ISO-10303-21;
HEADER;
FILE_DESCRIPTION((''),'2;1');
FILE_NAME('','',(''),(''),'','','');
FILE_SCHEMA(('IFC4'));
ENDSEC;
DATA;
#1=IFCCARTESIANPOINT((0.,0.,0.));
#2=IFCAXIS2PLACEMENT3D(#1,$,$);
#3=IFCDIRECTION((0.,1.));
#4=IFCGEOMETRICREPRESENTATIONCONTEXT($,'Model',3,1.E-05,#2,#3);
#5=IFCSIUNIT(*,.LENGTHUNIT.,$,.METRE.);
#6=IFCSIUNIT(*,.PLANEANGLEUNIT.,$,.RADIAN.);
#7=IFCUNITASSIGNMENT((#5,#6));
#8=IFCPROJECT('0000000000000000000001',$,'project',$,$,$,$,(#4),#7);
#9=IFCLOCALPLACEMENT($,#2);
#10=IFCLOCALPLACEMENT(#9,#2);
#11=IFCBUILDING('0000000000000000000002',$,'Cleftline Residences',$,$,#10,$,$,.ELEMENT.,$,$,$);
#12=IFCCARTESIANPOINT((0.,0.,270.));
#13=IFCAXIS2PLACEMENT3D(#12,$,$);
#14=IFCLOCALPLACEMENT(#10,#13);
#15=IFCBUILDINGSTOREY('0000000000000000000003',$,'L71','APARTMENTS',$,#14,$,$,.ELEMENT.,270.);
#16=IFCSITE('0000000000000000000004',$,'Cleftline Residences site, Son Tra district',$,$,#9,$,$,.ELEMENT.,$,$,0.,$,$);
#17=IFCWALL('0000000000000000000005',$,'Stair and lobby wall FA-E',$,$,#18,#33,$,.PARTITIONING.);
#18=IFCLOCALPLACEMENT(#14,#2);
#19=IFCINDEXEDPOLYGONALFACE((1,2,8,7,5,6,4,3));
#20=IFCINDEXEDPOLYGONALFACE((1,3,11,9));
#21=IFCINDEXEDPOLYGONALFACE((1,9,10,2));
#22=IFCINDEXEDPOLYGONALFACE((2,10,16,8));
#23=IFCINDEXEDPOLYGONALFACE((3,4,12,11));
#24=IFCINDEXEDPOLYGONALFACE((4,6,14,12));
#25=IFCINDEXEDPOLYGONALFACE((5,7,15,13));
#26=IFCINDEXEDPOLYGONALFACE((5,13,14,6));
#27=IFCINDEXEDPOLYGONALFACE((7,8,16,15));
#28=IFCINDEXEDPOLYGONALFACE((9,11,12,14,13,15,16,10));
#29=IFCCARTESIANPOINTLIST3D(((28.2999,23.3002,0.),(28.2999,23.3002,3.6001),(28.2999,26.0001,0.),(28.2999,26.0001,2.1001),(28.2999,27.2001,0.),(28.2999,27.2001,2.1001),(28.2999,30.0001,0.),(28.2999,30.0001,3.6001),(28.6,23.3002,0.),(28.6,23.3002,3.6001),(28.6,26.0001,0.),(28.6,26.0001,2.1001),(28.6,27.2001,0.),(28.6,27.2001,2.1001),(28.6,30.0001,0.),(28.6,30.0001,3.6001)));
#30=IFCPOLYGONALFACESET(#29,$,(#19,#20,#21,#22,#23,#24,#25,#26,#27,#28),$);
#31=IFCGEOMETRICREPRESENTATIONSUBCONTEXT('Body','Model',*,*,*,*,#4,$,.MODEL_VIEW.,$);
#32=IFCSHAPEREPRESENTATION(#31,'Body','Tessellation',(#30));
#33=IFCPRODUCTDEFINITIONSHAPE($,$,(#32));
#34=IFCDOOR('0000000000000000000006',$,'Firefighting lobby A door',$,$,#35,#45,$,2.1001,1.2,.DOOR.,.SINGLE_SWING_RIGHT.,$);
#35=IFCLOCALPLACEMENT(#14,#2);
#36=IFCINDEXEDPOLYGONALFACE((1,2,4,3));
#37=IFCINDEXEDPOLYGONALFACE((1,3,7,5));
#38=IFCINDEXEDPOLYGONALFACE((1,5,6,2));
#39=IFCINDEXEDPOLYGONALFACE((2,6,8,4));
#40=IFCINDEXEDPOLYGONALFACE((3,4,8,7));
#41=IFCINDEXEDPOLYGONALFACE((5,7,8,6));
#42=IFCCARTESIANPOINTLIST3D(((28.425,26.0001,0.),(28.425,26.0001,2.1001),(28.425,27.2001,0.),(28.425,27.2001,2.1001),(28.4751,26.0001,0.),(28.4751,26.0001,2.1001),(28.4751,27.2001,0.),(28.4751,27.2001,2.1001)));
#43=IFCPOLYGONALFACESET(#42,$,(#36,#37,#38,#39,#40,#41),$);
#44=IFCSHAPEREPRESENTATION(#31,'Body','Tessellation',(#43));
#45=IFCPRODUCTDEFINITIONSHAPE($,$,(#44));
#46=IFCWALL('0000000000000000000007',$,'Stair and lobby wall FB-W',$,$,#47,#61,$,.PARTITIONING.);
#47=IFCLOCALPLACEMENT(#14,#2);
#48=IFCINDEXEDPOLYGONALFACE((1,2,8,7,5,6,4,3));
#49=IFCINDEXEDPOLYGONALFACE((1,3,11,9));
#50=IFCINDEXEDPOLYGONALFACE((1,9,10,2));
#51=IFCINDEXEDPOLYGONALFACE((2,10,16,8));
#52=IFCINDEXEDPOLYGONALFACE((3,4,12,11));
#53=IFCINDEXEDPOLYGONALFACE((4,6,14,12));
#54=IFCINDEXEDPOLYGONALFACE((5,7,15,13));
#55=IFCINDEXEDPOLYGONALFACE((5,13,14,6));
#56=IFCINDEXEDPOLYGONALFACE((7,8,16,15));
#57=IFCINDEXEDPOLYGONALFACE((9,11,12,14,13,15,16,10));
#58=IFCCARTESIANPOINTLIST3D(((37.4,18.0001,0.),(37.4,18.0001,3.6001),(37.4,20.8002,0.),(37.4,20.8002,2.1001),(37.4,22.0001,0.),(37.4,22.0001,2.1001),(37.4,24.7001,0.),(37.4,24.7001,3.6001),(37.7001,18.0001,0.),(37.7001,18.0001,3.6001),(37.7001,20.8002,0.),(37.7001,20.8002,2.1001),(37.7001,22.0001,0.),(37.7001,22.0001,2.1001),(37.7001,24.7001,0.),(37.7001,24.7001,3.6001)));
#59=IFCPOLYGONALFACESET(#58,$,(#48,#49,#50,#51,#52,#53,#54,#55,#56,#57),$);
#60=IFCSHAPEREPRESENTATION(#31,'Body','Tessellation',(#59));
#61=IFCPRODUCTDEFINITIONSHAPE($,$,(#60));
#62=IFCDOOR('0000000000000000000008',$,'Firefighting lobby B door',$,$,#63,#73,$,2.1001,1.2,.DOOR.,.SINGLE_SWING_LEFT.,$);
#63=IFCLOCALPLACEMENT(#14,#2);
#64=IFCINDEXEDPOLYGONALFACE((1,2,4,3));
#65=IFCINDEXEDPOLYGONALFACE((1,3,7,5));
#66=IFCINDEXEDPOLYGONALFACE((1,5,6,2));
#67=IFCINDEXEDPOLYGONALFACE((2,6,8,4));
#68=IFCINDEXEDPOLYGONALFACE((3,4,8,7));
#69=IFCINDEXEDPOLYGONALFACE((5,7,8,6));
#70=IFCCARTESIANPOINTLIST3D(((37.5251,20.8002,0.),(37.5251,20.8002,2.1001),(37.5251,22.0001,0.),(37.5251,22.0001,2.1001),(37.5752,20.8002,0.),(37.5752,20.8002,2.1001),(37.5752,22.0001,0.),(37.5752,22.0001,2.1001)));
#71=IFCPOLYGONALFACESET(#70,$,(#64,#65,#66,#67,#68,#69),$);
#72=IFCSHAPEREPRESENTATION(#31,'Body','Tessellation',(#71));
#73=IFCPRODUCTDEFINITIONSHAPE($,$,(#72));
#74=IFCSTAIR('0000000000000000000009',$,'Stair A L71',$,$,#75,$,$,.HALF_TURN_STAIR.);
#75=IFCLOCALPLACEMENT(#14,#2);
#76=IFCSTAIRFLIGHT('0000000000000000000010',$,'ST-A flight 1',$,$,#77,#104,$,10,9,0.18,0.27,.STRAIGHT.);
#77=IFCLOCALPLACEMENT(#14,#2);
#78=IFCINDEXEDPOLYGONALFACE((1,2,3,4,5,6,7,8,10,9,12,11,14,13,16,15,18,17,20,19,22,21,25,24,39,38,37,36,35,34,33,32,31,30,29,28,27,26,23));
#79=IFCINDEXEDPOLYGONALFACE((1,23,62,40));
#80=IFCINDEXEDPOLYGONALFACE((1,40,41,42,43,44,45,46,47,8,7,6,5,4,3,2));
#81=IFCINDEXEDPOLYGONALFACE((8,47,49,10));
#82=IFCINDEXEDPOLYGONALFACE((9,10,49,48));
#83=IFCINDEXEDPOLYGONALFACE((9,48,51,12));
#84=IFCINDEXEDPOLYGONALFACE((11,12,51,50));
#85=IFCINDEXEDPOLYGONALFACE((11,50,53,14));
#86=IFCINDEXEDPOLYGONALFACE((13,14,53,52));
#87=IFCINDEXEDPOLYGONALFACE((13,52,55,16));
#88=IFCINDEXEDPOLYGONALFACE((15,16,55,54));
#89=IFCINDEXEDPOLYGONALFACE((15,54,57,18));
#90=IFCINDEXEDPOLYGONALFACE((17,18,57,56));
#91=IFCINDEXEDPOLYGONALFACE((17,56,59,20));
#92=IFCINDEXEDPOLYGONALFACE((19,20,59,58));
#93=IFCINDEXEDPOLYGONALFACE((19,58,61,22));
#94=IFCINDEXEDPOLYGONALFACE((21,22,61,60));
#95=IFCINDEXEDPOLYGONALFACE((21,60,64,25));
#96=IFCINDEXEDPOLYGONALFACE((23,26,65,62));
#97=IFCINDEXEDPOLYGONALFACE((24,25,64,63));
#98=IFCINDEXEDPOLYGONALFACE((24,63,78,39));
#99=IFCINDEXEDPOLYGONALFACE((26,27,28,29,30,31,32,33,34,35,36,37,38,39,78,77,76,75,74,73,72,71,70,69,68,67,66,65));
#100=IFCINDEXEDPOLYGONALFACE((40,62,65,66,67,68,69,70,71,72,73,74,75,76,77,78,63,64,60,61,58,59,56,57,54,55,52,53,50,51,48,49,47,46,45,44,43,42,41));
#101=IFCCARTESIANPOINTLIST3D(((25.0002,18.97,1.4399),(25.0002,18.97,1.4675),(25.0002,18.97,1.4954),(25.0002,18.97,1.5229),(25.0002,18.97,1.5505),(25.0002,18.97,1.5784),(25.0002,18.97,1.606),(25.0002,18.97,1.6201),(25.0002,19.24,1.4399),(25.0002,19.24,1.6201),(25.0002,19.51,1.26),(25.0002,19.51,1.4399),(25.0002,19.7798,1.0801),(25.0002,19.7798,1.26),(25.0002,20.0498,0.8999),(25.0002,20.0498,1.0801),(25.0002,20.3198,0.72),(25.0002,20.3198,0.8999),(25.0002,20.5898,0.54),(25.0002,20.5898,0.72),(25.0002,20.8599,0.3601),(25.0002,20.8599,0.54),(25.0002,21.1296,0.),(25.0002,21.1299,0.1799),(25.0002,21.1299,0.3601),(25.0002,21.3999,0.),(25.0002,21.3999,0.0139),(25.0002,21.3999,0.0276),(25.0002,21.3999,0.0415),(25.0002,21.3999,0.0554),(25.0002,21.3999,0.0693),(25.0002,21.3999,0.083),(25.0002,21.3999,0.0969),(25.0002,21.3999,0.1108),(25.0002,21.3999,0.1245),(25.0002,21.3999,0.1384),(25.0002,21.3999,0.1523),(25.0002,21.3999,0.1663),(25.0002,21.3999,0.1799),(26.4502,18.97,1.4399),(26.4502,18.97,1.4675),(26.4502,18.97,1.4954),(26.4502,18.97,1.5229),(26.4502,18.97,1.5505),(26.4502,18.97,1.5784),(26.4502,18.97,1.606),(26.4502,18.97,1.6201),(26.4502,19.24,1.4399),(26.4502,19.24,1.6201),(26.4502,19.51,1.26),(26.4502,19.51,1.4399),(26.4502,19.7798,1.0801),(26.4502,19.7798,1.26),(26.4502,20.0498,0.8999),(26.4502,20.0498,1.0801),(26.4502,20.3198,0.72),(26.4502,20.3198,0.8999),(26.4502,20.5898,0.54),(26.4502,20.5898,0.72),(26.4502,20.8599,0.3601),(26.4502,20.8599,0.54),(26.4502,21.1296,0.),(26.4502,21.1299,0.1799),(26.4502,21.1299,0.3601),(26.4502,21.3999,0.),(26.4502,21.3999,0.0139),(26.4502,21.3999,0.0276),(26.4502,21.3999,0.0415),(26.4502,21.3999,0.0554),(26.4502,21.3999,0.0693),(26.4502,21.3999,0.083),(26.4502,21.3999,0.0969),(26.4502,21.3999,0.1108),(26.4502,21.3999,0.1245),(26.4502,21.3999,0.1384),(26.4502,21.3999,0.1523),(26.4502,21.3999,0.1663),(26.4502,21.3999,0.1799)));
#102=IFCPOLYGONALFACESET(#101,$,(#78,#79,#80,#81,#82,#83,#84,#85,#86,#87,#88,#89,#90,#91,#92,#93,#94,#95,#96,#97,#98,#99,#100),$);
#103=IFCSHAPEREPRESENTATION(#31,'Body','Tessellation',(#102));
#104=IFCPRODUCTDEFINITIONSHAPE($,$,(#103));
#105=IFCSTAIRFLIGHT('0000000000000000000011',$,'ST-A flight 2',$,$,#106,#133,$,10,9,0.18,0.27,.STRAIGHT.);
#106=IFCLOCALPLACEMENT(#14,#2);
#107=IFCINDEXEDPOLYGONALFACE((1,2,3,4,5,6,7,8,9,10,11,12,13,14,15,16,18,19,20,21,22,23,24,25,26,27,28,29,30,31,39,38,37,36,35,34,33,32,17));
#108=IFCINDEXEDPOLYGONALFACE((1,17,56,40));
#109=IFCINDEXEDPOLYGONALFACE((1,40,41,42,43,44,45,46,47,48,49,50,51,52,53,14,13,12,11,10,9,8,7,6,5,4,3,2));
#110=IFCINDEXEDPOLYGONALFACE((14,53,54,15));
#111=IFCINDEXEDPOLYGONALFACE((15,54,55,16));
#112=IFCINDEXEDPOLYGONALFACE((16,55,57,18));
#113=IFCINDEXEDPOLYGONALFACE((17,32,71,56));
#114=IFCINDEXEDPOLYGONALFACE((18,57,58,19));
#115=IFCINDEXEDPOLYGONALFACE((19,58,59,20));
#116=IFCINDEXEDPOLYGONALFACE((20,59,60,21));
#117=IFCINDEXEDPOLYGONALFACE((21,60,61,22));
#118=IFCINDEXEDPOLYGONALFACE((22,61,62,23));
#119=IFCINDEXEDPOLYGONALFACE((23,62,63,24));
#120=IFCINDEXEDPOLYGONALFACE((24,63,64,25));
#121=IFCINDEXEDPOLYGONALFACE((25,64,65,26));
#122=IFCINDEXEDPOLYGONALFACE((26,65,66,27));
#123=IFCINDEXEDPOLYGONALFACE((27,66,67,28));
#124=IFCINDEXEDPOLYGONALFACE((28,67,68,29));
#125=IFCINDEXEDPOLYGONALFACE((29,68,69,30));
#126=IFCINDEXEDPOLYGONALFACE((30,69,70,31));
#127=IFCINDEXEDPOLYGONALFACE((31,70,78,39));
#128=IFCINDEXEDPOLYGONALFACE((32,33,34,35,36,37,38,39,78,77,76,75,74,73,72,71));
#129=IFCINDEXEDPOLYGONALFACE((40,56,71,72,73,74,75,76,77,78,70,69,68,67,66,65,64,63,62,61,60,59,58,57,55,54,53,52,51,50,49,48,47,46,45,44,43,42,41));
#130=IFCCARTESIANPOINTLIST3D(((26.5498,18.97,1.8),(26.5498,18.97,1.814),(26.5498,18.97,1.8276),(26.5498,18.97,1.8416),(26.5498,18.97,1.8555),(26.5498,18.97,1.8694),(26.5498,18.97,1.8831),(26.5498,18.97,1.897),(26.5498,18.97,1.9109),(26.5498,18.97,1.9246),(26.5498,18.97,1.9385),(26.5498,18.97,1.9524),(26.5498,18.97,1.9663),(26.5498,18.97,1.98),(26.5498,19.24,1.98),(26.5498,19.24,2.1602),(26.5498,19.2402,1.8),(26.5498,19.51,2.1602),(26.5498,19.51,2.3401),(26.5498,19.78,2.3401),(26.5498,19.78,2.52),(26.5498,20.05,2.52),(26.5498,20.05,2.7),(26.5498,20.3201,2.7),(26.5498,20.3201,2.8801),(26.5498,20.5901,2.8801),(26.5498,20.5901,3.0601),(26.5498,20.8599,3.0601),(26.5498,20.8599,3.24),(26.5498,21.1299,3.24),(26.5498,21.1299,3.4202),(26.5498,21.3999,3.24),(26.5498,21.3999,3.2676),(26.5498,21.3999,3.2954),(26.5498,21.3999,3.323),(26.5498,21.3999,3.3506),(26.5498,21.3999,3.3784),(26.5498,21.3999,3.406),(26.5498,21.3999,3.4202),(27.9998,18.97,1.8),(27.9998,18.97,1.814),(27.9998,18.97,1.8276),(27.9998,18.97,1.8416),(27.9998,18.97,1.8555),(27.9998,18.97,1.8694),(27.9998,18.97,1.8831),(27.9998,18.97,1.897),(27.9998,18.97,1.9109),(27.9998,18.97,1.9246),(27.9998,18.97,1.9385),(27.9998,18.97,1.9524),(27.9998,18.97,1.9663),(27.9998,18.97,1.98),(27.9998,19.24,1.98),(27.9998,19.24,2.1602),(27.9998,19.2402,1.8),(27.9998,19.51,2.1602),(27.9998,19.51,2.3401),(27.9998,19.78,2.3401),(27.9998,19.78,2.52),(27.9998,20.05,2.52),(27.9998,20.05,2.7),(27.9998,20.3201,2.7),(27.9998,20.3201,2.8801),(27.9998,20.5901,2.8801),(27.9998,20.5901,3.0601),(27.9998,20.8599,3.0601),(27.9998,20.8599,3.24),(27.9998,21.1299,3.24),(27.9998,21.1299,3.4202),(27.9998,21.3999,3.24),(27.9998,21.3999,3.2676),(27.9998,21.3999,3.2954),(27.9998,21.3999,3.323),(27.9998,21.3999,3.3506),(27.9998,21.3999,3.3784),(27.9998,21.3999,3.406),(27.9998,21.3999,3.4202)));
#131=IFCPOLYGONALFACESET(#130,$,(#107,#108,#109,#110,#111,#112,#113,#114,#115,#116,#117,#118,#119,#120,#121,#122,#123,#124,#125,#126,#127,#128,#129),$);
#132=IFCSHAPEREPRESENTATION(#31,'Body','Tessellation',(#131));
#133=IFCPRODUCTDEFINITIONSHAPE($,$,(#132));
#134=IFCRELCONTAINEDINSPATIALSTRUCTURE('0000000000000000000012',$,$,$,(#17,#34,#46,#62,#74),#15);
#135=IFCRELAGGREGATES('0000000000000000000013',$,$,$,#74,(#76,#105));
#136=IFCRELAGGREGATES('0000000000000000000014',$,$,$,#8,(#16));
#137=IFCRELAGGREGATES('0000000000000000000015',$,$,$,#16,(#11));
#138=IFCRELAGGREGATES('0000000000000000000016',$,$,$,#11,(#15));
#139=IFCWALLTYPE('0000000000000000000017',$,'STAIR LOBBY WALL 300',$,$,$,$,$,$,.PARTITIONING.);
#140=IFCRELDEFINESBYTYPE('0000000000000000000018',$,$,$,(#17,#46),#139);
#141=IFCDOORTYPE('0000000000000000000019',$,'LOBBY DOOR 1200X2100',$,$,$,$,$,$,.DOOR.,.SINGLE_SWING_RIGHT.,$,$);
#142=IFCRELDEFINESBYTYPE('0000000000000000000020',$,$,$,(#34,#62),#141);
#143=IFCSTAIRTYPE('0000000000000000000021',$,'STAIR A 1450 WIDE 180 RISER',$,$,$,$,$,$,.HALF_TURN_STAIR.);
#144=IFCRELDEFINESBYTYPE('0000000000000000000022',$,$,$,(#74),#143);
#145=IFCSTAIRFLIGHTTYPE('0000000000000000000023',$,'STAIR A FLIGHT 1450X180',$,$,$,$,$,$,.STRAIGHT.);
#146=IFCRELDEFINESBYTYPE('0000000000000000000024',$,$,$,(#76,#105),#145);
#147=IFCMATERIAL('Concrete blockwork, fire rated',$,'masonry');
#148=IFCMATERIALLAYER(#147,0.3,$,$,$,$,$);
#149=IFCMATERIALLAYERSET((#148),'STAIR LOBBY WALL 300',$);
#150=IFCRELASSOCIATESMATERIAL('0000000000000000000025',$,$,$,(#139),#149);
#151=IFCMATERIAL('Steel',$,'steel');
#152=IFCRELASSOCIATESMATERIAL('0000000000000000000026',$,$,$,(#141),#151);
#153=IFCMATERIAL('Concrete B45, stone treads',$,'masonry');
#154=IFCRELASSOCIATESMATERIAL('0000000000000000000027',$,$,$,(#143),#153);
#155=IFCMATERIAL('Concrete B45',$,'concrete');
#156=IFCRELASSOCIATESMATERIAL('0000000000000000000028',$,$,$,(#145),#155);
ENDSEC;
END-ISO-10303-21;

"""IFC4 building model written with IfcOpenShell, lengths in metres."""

from ifc_helpers import new_model, si_unit, direction, frame, frame_2d, origin, place, context, subcontext, project, spatial, polyline, rectangle, outline, extrude, material, layer, layer_set, type_object, element, fill, aggregate, save


model = new_model("IFC4")

# Units and contexts
model_context = context("Model", 3, precision=1e-05, world=origin(), true_north=direction((0.0, 1.0)))
body_context = subcontext(model_context, "Body", "Model", "MODEL_VIEW")
ifc_project = project(units=[si_unit("LENGTHUNIT", "METRE"), si_unit("PLANEANGLEUNIT", "RADIAN")], contexts=[model_context])

# Site, building, storey
site_placement = place(None, origin())
site = spatial("IfcSite", under=ifc_project, at=site_placement, Name="Cleftline Residences site, Son Tra district", CompositionType="ELEMENT", RefElevation=0.0)
building_placement = place(site_placement, origin())
building = spatial("IfcBuilding", under=site, at=building_placement, Name="Cleftline Residences", CompositionType="ELEMENT")
storey_placement = place(building_placement, frame((0.0, 0.0, 270.0)))
storey = spatial("IfcBuildingStorey", under=building, at=storey_placement, Name="L71", Description="APARTMENTS", CompositionType="ELEMENT", Elevation=270.0)

# Walls, openings, doors
ifc_material_1 = material(Name="Concrete blockwork, fire rated", Category="masonry")
ifc_layer_1 = layer(ifc_material_1, 0.3)
ifc_layer_set_1 = layer_set([ifc_layer_1], Name="STAIR LOBBY WALL 300")
wall_type_1 = type_object("IfcWallType", Name="STAIR LOBBY WALL 300", PredefinedType="PARTITIONING", material=ifc_layer_set_1)
wall_1_placement = place(storey_placement, frame((28.45, 23.3, 0.0), z_axis=(0.0, 0.0, 1.0), x_axis=(0.0, 1.0, 0.0)))
wall_1 = element("IfcWall", 1, at=wall_1_placement, inside=storey, type_object=wall_type_1, Name="Stair and lobby wall FA-E", PredefinedType="PARTITIONING", context=body_context, shape_type="SweptSolid", body=[
    extrude(rectangle(XDim=6.7, YDim=0.3, at=frame_2d((3.3501, 0.0))), origin(), (0.0, 0.0, 1.0), 3.6001),
])
opening_1_placement = place(wall_1_placement, frame((2.7, 0.0, 0.0)))
opening_1 = element("IfcOpeningElement", 2, at=opening_1_placement, cuts=wall_1, PredefinedType="OPENING", context=body_context, shape_type="SweptSolid", body=[
    extrude(rectangle(XDim=1.2, YDim=2.1001, at=frame_2d((0.6001, 1.05))), frame((0.0, 0.1599, 0.0), z_axis=(0.0, -1.0, 0.0), x_axis=(1.0, 0.0, 0.0)), (0.0, 0.0, 1.0), 0.3201),
])
ifc_material_2 = material(Name="Steel", Category="steel")
door_type_1 = type_object("IfcDoorType", Name="LOBBY DOOR 1200X2100", OperationType="SINGLE_SWING_RIGHT", PredefinedType="DOOR", material=ifc_material_2)
door_1_placement = place(opening_1_placement, origin())
door_1 = element("IfcDoor", 3, at=door_1_placement, inside=storey, type_object=door_type_1, Name="Firefighting lobby A door", OperationType="SINGLE_SWING_RIGHT", OverallHeight=2.1001, OverallWidth=1.2, PredefinedType="DOOR", context=body_context, shape_type="SweptSolid", body=[
    extrude(rectangle(XDim=1.2, YDim=2.1001, at=frame_2d((0.6001, 1.05))), frame((0.0, 0.0249, 0.0), z_axis=(0.0, -1.0, 0.0), x_axis=(1.0, 0.0, 0.0)), (0.0, 0.0, 1.0), 0.05),
])
fill(opening_1, door_1)
wall_2_placement = place(storey_placement, frame((37.55, 18.0, 0.0), z_axis=(0.0, 0.0, 1.0), x_axis=(0.0, 1.0, 0.0)))
wall_2 = element("IfcWall", 4, at=wall_2_placement, inside=storey, type_object=wall_type_1, Name="Stair and lobby wall FB-W", PredefinedType="PARTITIONING", context=body_context, shape_type="SweptSolid", body=[
    extrude(rectangle(XDim=6.7, YDim=0.3, at=frame_2d((3.3501, 0.0))), origin(), (0.0, 0.0, 1.0), 3.6001),
])
opening_2_placement = place(wall_2_placement, frame((2.8, 0.0, 0.0)))
opening_2 = element("IfcOpeningElement", 5, at=opening_2_placement, cuts=wall_2, PredefinedType="OPENING", context=body_context, shape_type="SweptSolid", body=[
    extrude(rectangle(XDim=1.2, YDim=2.1001, at=frame_2d((0.6001, 1.05))), frame((0.0, 0.1599, 0.0), z_axis=(0.0, -1.0, 0.0), x_axis=(1.0, 0.0, 0.0)), (0.0, 0.0, 1.0), 0.3201),
])
door_2_placement = place(opening_2_placement, origin())
door_2 = element("IfcDoor", 6, at=door_2_placement, inside=storey, type_object=door_type_1, Name="Firefighting lobby B door", OperationType="SINGLE_SWING_LEFT", OverallHeight=2.1001, OverallWidth=1.2, PredefinedType="DOOR", context=body_context, shape_type="SweptSolid", body=[
    extrude(rectangle(XDim=1.2, YDim=2.1001, at=frame_2d((0.6001, 1.05))), frame((0.0, 0.0249, 0.0), z_axis=(0.0, -1.0, 0.0), x_axis=(1.0, 0.0, 0.0)), (0.0, 0.0, 1.0), 0.05),
])
fill(opening_2, door_2)

# Stair, stair flights
ifc_material_3 = material(Name="Concrete B45, stone treads", Category="masonry")
stair_type = type_object("IfcStairType", Name="STAIR A 1450 WIDE 180 RISER", PredefinedType="HALF_TURN_STAIR", material=ifc_material_3)
stair_placement = place(storey_placement, origin())
stair = element("IfcStair", 7, at=stair_placement, inside=storey, type_object=stair_type, Name="Stair A L71", PredefinedType="HALF_TURN_STAIR")
ifc_material_4 = material(Name="Concrete B45", Category="concrete")
stair_flight_type = type_object("IfcStairFlightType", Name="STAIR A FLIGHT 1450X180", PredefinedType="STRAIGHT", material=ifc_material_4)
stair_flight_1_placement = place(storey_placement, frame((25.7251, 21.3999, 0.0), z_axis=(0.0, 0.0, 1.0), x_axis=(0.0, -1.0, 0.0)))
stair_flight_1 = element("IfcStairFlight", 8, at=stair_flight_1_placement, type_object=stair_flight_type, Name="ST-A flight 1", NumberOfRisers=10, NumberOfTreads=9, PredefinedType="STRAIGHT", RiserHeight=0.18, TreadLength=0.27, context=body_context, shape_type="SweptSolid", body=[
    extrude(outline(polyline([(0.0, 0.0), (0.0, 0.0139), (0.0, 0.0276), (0.0, 0.0415), (0.0, 0.0554), (0.0, 0.0693), (0.0, 0.083), (0.0, 0.0969), (0.0, 0.1108), (0.0, 0.1245), (0.0, 0.1384), (0.0, 0.1523), (0.0, 0.1663), (0.0, 0.1799), (0.27, 0.1799), (0.27, 0.3601), (0.54, 0.3601), (0.54, 0.54), (0.8101, 0.54), (0.8101, 0.72), (1.0801, 0.72), (1.0801, 0.8999), (1.3501, 0.8999), (1.3501, 1.0801), (1.6201, 1.0801), (1.6201, 1.26), (1.8899, 1.26), (1.8899, 1.4399), (2.1599, 1.4399), (2.1599, 1.6201), (2.4299, 1.6201), (2.4299, 1.8), (2.4299, 1.7722), (2.4299, 1.7446), (2.4299, 1.7168), (2.4299, 1.6892), (2.4299, 1.6614), (2.4299, 1.6338), (2.4299, 1.606), (2.4299, 1.5784), (2.4299, 1.5505), (2.4299, 1.5229), (2.4299, 1.4954), (2.4299, 1.4675), (2.4299, 1.4399), (0.2703, 0.0), (0.0, 0.0)])), frame((0.0, 0.7251, 0.0), z_axis=(0.0, -1.0, 0.0), x_axis=(1.0, 0.0, 0.0)), (0.0, 0.0, 1.0), 1.45),
])
stair_flight_2_placement = place(storey_placement, frame((27.2749, 18.97, 1.8), z_axis=(0.0, 0.0, 1.0), x_axis=(0.0, 1.0, 0.0)))
stair_flight_2 = element("IfcStairFlight", 9, at=stair_flight_2_placement, type_object=stair_flight_type, Name="ST-A flight 2", NumberOfRisers=10, NumberOfTreads=9, PredefinedType="STRAIGHT", RiserHeight=0.18, TreadLength=0.27, context=body_context, shape_type="SweptSolid", body=[
    extrude(outline(polyline([(0.0, 0.0), (0.0, 0.0139), (0.0, 0.0276), (0.0, 0.0415), (0.0, 0.0554), (0.0, 0.0693), (0.0, 0.083), (0.0, 0.0969), (0.0, 0.1108), (0.0, 0.1245), (0.0, 0.1384), (0.0, 0.1523), (0.0, 0.1663), (0.0, 0.1799), (0.27, 0.1799), (0.27, 0.3601), (0.54, 0.3601), (0.54, 0.54), (0.8101, 0.54), (0.8101, 0.72), (1.0801, 0.72), (1.0801, 0.8999), (1.3501, 0.8999), (1.3501, 1.0801), (1.6201, 1.0801), (1.6201, 1.26), (1.8899, 1.26), (1.8899, 1.4399), (2.1599, 1.4399), (2.1599, 1.6201), (2.4299, 1.6201), (2.4299, 1.8), (2.4299, 1.7722), (2.4299, 1.7446), (2.4299, 1.7168), (2.4299, 1.6892), (2.4299, 1.6614), (2.4299, 1.6338), (2.4299, 1.606), (2.4299, 1.5784), (2.4299, 1.5505), (2.4299, 1.5229), (2.4299, 1.4954), (2.4299, 1.4675), (2.4299, 1.4399), (0.2703, 0.0), (0.0, 0.0)])), frame((0.0, 0.7251, 0.0), z_axis=(0.0, -1.0, 0.0), x_axis=(1.0, 0.0, 0.0)), (0.0, 0.0, 1.0), 1.45),
])
aggregate(stair, [stair_flight_1, stair_flight_2])

save(model, "model.ifc")
